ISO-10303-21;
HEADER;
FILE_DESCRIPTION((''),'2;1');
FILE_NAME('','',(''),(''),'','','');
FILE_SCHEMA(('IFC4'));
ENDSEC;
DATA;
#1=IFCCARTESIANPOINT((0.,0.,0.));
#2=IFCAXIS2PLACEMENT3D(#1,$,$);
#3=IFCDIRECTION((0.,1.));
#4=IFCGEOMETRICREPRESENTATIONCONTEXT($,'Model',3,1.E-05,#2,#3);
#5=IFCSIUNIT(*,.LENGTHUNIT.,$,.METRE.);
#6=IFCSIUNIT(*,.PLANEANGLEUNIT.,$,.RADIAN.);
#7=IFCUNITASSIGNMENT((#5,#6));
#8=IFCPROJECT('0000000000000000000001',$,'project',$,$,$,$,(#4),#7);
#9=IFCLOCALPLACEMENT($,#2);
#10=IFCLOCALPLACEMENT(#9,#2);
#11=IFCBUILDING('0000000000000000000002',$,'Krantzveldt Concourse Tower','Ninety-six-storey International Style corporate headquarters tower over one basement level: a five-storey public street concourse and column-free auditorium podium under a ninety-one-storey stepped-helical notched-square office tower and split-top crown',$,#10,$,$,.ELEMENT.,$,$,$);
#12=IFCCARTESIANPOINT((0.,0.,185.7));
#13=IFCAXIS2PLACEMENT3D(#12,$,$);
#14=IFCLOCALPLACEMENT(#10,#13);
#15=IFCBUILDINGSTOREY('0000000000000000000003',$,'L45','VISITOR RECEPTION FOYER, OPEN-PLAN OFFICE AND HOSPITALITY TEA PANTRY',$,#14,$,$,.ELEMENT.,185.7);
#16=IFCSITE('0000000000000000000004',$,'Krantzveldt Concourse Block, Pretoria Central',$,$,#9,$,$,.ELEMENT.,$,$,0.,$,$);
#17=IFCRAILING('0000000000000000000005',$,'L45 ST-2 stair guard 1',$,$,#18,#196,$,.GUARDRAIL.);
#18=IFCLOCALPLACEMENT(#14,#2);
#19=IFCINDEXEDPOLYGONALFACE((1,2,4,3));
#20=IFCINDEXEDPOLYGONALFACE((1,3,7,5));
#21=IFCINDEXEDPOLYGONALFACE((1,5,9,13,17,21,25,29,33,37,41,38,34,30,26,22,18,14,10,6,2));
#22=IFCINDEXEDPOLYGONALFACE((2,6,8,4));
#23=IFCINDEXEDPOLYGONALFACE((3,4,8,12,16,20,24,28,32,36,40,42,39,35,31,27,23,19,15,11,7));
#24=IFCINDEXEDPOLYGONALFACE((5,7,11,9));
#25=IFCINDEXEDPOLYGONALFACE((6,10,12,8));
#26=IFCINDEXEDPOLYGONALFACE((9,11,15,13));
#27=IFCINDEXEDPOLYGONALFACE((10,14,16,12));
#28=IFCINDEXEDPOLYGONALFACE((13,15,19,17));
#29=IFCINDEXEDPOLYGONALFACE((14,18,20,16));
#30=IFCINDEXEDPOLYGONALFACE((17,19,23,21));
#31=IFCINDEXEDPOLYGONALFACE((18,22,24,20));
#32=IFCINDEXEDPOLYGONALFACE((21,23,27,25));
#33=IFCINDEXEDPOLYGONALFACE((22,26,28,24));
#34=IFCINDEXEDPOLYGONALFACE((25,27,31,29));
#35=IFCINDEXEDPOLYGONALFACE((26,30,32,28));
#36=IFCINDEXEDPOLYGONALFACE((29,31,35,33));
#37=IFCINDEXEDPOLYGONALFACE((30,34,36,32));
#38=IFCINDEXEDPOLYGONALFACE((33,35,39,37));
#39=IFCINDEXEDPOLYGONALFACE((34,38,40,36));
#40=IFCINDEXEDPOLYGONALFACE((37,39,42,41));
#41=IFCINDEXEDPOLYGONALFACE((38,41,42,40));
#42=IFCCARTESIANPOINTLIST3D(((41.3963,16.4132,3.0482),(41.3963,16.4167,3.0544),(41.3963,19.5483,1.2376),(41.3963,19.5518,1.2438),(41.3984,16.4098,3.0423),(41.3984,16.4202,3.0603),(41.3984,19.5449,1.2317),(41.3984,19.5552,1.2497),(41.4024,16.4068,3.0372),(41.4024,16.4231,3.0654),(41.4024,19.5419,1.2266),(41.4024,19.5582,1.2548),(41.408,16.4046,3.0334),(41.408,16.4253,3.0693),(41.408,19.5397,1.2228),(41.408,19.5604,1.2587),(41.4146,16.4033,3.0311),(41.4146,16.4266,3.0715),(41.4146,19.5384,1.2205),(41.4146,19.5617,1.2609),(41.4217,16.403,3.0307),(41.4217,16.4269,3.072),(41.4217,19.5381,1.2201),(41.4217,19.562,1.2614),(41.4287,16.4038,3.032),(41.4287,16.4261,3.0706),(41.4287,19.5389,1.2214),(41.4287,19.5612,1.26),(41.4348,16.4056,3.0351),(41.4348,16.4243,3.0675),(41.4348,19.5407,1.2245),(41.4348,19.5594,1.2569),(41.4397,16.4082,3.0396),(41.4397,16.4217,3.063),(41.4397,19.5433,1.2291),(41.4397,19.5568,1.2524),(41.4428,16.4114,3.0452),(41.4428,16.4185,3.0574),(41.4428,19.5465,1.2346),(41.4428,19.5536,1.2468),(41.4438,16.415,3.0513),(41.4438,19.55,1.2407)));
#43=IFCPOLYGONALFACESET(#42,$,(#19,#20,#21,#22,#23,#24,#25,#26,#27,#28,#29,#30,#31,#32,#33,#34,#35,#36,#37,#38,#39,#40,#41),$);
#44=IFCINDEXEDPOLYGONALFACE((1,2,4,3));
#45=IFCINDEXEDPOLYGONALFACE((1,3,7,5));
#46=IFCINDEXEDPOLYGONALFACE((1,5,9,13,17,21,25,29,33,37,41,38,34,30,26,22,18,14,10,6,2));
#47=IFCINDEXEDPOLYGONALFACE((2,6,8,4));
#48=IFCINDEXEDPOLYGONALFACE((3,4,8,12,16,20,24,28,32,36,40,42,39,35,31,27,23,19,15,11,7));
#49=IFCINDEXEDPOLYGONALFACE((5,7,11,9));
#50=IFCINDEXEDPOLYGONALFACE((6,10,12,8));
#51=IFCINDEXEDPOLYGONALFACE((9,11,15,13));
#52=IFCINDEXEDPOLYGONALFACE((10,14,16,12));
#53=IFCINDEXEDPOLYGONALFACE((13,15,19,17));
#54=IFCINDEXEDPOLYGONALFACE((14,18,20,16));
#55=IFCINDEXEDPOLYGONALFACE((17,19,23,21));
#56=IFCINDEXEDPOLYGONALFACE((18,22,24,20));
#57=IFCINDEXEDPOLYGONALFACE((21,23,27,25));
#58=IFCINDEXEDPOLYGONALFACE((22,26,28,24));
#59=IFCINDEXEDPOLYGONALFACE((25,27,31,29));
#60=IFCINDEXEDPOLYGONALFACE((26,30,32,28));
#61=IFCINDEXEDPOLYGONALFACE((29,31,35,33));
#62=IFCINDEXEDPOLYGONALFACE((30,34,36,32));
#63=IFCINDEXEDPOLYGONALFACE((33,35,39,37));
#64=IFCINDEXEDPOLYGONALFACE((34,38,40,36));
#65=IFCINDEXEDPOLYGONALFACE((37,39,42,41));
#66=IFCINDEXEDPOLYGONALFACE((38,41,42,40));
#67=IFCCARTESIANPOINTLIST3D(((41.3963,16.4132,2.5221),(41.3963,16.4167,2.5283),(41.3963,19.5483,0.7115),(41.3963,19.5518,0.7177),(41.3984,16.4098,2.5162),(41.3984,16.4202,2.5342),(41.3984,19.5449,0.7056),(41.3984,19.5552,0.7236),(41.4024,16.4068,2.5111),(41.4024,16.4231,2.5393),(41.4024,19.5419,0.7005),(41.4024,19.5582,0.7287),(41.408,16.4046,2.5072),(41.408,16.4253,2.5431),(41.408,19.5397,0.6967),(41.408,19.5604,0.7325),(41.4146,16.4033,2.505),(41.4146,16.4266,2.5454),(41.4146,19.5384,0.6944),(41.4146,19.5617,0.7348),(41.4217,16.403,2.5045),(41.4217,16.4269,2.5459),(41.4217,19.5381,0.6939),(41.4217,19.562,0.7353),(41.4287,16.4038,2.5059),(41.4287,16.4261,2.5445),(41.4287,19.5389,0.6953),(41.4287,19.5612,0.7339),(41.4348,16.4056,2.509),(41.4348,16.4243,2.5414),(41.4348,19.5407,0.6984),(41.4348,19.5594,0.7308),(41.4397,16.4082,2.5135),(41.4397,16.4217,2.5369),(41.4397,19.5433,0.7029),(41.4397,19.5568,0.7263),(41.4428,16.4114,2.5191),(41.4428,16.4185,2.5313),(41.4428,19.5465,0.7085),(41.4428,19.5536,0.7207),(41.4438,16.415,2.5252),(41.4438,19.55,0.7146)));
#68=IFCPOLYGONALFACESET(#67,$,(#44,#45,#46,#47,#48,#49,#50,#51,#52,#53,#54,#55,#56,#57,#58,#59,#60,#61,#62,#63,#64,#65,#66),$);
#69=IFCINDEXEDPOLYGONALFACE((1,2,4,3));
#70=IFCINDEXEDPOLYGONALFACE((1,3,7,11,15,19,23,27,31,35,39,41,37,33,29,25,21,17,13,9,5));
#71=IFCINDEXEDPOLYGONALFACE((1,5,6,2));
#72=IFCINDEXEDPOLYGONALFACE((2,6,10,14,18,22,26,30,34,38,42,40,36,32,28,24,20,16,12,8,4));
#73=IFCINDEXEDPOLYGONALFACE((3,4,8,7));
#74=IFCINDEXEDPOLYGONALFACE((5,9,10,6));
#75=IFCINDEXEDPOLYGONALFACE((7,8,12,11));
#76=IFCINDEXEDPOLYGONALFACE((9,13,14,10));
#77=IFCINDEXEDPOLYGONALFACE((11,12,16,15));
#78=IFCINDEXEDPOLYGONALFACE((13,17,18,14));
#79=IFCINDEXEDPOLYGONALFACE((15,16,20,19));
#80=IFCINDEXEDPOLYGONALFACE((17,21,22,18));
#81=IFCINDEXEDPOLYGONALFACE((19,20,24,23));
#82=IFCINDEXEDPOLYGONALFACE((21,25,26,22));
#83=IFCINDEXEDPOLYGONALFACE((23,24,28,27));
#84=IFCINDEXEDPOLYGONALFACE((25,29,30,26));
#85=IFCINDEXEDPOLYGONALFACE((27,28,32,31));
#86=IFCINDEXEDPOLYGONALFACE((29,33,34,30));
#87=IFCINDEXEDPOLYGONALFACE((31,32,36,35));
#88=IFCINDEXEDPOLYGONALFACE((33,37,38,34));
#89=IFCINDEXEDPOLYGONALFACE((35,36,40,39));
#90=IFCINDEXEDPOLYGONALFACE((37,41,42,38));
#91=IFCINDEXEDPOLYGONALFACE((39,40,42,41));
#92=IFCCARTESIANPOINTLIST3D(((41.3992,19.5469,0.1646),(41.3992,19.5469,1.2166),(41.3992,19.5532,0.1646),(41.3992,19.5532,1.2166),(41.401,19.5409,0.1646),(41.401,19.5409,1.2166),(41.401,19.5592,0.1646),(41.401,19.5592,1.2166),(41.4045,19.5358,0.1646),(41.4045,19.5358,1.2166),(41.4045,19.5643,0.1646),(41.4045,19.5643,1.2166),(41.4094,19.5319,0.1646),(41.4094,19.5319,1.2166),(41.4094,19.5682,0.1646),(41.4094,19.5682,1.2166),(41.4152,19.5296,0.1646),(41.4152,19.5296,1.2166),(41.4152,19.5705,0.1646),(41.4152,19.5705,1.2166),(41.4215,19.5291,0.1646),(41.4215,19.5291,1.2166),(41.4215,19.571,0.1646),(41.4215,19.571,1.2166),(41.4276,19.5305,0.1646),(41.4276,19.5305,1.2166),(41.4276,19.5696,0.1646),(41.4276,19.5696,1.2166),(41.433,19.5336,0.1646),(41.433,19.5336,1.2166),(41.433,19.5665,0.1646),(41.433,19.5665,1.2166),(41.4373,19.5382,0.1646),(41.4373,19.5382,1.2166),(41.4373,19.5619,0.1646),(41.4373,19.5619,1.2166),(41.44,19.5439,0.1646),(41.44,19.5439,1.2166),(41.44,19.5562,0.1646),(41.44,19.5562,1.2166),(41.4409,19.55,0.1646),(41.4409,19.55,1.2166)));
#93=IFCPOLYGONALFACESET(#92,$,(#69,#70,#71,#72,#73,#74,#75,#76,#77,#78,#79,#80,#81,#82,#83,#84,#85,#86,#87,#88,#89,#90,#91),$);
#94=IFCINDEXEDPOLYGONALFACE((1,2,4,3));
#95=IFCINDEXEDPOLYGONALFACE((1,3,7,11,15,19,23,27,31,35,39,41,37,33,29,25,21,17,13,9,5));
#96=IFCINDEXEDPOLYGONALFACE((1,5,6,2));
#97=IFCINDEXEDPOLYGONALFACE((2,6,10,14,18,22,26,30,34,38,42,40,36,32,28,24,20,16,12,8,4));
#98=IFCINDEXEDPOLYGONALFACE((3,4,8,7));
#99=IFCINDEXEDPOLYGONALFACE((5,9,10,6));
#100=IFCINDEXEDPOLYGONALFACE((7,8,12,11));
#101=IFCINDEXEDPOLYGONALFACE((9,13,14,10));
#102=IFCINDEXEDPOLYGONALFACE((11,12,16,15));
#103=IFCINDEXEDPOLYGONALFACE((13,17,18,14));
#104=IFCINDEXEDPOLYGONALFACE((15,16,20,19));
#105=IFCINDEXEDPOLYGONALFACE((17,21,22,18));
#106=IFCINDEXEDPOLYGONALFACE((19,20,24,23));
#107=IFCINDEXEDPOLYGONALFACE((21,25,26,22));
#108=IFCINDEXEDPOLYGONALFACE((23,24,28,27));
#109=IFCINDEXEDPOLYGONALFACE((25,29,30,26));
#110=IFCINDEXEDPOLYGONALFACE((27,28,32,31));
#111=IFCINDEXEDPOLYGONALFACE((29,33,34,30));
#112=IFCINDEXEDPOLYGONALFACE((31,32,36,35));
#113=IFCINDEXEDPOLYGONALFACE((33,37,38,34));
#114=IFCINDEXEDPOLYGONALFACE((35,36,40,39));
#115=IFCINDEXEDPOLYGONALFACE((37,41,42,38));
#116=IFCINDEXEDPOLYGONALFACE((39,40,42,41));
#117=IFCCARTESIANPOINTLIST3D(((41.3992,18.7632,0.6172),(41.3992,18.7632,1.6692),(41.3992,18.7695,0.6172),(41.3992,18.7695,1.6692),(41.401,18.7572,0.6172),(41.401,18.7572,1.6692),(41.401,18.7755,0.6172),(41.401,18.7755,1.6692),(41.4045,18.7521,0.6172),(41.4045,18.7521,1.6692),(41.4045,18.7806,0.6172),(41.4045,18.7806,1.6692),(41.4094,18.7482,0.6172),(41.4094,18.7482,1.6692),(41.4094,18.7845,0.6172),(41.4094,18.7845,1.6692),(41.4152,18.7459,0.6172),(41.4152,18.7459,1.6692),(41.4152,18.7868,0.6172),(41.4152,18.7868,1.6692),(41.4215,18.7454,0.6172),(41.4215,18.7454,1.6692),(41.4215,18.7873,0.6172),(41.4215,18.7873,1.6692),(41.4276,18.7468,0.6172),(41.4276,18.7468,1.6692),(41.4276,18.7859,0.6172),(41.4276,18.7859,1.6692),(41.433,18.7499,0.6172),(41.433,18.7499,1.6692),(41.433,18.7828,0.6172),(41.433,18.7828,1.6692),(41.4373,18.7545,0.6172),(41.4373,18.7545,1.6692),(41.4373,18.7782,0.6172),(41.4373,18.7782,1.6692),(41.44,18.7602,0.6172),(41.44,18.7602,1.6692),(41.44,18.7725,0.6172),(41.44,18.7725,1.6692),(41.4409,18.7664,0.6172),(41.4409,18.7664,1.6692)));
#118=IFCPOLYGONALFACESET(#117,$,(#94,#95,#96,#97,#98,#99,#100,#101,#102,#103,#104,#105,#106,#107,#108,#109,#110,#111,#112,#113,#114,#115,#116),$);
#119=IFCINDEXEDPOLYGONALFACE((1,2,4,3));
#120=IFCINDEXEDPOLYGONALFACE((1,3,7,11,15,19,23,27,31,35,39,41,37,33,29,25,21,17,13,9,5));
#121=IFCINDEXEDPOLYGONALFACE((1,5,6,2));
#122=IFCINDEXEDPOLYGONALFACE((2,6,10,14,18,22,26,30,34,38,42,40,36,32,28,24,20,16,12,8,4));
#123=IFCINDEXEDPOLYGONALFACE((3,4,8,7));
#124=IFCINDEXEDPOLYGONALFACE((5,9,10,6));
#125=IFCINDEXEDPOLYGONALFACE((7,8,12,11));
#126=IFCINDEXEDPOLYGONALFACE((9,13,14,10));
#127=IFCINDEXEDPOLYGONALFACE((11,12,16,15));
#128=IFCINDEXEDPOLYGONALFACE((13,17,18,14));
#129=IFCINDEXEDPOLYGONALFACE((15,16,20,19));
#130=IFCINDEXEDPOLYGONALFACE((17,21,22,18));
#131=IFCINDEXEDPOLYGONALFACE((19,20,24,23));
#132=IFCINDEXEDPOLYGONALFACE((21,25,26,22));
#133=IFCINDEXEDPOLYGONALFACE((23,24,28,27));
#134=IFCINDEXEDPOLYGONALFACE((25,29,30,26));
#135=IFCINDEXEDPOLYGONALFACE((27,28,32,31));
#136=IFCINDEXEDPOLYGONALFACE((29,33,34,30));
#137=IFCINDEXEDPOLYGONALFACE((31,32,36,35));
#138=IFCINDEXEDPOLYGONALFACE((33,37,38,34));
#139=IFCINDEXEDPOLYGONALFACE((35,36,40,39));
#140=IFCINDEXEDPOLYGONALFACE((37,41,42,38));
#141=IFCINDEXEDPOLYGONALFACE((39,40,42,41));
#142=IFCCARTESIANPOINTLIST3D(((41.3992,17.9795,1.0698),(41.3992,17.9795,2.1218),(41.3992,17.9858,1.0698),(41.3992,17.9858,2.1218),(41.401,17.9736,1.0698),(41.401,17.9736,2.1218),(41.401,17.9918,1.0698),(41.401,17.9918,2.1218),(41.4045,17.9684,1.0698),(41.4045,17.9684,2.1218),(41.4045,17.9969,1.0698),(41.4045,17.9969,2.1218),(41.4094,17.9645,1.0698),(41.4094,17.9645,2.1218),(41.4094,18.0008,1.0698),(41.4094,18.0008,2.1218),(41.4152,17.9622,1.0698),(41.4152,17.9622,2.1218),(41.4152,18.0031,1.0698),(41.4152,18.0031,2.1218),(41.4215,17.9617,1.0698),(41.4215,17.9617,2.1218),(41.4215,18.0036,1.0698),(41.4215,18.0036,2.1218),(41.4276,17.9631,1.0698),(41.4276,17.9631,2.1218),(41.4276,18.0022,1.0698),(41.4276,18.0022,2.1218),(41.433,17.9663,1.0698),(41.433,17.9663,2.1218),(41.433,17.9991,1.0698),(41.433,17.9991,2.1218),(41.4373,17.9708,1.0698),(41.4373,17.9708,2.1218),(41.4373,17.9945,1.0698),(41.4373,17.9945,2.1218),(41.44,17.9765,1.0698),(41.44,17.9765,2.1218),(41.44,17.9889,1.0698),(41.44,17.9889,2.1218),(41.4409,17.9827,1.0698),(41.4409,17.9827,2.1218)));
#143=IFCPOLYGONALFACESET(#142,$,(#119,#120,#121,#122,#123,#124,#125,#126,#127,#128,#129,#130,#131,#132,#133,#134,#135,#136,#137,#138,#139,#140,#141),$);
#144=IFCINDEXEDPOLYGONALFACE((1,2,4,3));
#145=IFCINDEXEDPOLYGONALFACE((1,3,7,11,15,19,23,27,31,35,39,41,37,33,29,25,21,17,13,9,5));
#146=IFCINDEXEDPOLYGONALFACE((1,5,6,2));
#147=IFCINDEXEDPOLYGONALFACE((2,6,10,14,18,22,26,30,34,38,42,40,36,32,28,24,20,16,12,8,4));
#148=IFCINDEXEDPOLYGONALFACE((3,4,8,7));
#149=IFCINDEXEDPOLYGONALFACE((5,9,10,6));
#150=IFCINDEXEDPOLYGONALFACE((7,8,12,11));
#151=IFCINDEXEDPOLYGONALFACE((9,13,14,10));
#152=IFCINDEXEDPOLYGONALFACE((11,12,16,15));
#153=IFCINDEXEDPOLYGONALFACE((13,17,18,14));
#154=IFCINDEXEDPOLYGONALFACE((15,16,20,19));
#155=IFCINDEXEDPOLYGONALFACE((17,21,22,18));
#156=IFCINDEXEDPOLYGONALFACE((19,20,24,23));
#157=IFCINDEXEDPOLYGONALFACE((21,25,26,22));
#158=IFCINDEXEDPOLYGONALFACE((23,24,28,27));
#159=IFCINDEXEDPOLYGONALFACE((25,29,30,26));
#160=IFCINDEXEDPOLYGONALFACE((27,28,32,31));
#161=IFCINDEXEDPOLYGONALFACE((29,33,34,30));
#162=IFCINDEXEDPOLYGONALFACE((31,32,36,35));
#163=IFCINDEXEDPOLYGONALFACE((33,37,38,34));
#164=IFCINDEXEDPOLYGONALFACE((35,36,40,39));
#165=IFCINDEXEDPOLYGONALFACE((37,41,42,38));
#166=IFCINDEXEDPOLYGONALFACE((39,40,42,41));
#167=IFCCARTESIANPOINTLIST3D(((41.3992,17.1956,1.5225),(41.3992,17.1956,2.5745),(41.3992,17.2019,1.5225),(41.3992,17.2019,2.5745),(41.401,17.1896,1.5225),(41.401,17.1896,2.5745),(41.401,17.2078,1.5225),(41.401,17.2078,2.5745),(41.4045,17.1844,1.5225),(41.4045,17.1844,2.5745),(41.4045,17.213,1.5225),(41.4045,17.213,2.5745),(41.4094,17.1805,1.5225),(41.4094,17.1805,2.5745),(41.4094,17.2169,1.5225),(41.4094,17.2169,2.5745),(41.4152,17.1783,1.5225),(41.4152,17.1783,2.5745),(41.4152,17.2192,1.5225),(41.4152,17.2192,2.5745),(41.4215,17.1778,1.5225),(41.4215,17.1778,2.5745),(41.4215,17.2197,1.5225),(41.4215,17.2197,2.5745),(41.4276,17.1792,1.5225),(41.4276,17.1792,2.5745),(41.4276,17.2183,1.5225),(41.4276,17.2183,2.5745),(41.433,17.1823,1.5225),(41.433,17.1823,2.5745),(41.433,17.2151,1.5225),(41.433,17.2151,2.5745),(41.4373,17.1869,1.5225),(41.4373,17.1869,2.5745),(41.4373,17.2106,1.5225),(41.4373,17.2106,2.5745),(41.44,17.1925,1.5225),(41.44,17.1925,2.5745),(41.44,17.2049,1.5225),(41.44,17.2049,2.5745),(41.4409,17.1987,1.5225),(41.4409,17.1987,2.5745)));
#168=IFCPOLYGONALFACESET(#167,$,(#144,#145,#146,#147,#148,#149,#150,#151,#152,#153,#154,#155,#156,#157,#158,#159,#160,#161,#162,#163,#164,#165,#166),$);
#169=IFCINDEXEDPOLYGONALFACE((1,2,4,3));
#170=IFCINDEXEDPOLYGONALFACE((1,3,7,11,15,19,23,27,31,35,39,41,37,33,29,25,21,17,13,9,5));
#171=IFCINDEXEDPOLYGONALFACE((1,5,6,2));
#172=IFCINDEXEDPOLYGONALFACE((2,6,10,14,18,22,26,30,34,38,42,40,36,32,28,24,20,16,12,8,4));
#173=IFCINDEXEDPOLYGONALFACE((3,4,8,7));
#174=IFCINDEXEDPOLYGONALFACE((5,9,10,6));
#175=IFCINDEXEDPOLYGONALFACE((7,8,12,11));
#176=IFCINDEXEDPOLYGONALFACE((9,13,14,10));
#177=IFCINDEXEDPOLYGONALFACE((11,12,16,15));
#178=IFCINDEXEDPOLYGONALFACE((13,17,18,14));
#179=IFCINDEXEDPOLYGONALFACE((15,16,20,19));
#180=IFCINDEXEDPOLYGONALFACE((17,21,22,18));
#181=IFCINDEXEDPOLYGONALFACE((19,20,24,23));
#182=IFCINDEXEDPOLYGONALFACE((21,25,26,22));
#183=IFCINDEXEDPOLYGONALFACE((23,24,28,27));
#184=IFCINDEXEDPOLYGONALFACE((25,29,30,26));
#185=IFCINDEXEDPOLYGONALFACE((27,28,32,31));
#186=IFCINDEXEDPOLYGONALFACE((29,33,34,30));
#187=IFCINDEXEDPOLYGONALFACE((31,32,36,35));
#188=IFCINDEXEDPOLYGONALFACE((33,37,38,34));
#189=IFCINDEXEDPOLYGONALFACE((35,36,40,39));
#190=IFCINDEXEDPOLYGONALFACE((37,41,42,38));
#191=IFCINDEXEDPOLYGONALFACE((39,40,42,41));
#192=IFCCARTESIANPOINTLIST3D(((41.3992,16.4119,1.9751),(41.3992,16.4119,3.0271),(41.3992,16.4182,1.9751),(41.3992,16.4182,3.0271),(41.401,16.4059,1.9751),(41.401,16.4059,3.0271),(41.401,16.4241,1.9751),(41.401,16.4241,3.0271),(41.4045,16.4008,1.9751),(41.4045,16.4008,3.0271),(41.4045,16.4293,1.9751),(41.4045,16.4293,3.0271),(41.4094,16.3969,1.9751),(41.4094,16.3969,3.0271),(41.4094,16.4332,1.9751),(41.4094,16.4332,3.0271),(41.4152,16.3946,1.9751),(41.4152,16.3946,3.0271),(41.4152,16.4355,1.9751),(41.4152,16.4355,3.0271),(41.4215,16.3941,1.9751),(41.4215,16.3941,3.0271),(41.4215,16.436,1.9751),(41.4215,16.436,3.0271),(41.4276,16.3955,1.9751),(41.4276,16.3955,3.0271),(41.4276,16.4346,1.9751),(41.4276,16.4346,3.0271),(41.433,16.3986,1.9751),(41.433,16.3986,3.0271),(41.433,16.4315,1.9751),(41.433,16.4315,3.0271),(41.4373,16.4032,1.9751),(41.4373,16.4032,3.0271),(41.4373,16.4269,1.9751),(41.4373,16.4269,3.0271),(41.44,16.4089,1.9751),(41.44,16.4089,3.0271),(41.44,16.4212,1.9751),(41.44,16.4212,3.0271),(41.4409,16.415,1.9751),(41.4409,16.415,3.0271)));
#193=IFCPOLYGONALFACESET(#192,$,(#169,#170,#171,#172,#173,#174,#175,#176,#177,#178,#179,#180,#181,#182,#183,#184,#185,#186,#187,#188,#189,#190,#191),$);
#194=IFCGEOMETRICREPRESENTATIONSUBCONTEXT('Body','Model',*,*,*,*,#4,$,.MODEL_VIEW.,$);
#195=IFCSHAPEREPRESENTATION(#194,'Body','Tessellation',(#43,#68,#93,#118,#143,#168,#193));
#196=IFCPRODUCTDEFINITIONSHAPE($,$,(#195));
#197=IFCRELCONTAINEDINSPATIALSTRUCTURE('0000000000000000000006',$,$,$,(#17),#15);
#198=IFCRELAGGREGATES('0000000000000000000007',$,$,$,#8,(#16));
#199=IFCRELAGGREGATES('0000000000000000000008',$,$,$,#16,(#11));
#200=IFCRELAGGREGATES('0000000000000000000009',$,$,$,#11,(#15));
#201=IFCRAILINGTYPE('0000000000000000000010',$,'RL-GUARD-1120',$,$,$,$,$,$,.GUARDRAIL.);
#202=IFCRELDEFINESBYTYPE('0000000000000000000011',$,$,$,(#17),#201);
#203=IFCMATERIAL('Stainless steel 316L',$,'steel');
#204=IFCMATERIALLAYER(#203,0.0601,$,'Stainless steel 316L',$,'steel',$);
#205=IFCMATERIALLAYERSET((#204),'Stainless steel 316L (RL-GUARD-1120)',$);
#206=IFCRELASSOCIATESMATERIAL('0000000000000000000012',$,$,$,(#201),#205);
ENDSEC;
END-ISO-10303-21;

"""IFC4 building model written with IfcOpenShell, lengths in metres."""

from ifc_helpers import new_model, si_unit, direction, frame, origin, origin_2d, place, context, subcontext, project, spatial, circle, extrude, material, layer, layer_set, type_object, element, save


model = new_model("IFC4")

# Units and contexts
model_context = context("Model", 3, precision=1e-05, world=origin(), true_north=direction((0.0, 1.0)))
body_context = subcontext(model_context, "Body", "Model", "MODEL_VIEW")
ifc_project = project(units=[si_unit("LENGTHUNIT", "METRE"), si_unit("PLANEANGLEUNIT", "RADIAN")], contexts=[model_context])

# Site, building, storey
site_placement = place(None, origin())
site = spatial("IfcSite", under=ifc_project, at=site_placement, Name="Krantzveldt Concourse Block, Pretoria Central", CompositionType="ELEMENT", RefElevation=0.0)
building_placement = place(site_placement, origin())
building = spatial("IfcBuilding", under=site, at=building_placement, Name="Krantzveldt Concourse Tower", Description="Ninety-six-storey International Style corporate headquarters tower over one basement level: a five-storey public street concourse and column-free auditorium podium under a ninety-one-storey stepped-helical notched-square office tower and split-top crown", CompositionType="ELEMENT")
storey_placement = place(building_placement, frame((0.0, 0.0, 185.7)))
storey = spatial("IfcBuildingStorey", under=building, at=storey_placement, Name="L45", Description="VISITOR RECEPTION FOYER, OPEN-PLAN OFFICE AND HOSPITALITY TEA PANTRY", CompositionType="ELEMENT", Elevation=185.7)

# Shared definitions
ifc_material_1 = material(Name="Stainless steel 316L", Category="steel")

# Railing
ifc_layer_1 = layer(ifc_material_1, 0.0601, Name="Stainless steel 316L", Category="steel")
ifc_layer_set_1 = layer_set([ifc_layer_1], Name="Stainless steel 316L (RL-GUARD-1120)")
railing_type_1 = type_object("IfcRailingType", Name="RL-GUARD-1120", PredefinedType="GUARDRAIL", material=ifc_layer_set_1)
railing_1_placement = place(storey_placement, frame((41.4199, 19.55, 0.1646)))
element("IfcRailing", 1, at=railing_1_placement, inside=storey, type_object=railing_type_1, Name="L45 ST-2 stair guard 1", PredefinedType="GUARDRAIL", context=body_context, shape_type="SweptSolid", body=[
    extrude(circle(Radius=0.0239, at=origin_2d()), frame((0.0, 0.0, 1.0762), z_axis=(0.0, -0.86596, 0.500114), x_axis=(1.0, 0.0, 0.0)), (0.0, 0.0, 1.0), 3.6204),
    extrude(circle(Radius=0.0239, at=origin_2d()), frame((0.0, 0.0, 0.55), z_axis=(0.0, -0.86596, 0.500114), x_axis=(1.0, 0.0, 0.0)), (0.0, 0.0, 1.0), 3.6204),
    extrude(circle(Radius=0.021, at=origin_2d()), origin(), (0.0, 0.0, 1.0), 1.052),
    extrude(circle(Radius=0.021, at=origin_2d()), frame((0.0, -0.7837, 0.4526)), (0.0, 0.0, 1.0), 1.052),
    extrude(circle(Radius=0.021, at=origin_2d()), frame((0.0, -1.5674, 0.9053)), (0.0, 0.0, 1.0), 1.052),
    extrude(circle(Radius=0.021, at=origin_2d()), frame((0.0, -2.3513, 1.3579)), (0.0, 0.0, 1.0), 1.052),
    extrude(circle(Radius=0.021, at=origin_2d()), frame((0.0, -3.135, 1.8105)), (0.0, 0.0, 1.0), 1.052),
])

save(model, "model.ifc")
